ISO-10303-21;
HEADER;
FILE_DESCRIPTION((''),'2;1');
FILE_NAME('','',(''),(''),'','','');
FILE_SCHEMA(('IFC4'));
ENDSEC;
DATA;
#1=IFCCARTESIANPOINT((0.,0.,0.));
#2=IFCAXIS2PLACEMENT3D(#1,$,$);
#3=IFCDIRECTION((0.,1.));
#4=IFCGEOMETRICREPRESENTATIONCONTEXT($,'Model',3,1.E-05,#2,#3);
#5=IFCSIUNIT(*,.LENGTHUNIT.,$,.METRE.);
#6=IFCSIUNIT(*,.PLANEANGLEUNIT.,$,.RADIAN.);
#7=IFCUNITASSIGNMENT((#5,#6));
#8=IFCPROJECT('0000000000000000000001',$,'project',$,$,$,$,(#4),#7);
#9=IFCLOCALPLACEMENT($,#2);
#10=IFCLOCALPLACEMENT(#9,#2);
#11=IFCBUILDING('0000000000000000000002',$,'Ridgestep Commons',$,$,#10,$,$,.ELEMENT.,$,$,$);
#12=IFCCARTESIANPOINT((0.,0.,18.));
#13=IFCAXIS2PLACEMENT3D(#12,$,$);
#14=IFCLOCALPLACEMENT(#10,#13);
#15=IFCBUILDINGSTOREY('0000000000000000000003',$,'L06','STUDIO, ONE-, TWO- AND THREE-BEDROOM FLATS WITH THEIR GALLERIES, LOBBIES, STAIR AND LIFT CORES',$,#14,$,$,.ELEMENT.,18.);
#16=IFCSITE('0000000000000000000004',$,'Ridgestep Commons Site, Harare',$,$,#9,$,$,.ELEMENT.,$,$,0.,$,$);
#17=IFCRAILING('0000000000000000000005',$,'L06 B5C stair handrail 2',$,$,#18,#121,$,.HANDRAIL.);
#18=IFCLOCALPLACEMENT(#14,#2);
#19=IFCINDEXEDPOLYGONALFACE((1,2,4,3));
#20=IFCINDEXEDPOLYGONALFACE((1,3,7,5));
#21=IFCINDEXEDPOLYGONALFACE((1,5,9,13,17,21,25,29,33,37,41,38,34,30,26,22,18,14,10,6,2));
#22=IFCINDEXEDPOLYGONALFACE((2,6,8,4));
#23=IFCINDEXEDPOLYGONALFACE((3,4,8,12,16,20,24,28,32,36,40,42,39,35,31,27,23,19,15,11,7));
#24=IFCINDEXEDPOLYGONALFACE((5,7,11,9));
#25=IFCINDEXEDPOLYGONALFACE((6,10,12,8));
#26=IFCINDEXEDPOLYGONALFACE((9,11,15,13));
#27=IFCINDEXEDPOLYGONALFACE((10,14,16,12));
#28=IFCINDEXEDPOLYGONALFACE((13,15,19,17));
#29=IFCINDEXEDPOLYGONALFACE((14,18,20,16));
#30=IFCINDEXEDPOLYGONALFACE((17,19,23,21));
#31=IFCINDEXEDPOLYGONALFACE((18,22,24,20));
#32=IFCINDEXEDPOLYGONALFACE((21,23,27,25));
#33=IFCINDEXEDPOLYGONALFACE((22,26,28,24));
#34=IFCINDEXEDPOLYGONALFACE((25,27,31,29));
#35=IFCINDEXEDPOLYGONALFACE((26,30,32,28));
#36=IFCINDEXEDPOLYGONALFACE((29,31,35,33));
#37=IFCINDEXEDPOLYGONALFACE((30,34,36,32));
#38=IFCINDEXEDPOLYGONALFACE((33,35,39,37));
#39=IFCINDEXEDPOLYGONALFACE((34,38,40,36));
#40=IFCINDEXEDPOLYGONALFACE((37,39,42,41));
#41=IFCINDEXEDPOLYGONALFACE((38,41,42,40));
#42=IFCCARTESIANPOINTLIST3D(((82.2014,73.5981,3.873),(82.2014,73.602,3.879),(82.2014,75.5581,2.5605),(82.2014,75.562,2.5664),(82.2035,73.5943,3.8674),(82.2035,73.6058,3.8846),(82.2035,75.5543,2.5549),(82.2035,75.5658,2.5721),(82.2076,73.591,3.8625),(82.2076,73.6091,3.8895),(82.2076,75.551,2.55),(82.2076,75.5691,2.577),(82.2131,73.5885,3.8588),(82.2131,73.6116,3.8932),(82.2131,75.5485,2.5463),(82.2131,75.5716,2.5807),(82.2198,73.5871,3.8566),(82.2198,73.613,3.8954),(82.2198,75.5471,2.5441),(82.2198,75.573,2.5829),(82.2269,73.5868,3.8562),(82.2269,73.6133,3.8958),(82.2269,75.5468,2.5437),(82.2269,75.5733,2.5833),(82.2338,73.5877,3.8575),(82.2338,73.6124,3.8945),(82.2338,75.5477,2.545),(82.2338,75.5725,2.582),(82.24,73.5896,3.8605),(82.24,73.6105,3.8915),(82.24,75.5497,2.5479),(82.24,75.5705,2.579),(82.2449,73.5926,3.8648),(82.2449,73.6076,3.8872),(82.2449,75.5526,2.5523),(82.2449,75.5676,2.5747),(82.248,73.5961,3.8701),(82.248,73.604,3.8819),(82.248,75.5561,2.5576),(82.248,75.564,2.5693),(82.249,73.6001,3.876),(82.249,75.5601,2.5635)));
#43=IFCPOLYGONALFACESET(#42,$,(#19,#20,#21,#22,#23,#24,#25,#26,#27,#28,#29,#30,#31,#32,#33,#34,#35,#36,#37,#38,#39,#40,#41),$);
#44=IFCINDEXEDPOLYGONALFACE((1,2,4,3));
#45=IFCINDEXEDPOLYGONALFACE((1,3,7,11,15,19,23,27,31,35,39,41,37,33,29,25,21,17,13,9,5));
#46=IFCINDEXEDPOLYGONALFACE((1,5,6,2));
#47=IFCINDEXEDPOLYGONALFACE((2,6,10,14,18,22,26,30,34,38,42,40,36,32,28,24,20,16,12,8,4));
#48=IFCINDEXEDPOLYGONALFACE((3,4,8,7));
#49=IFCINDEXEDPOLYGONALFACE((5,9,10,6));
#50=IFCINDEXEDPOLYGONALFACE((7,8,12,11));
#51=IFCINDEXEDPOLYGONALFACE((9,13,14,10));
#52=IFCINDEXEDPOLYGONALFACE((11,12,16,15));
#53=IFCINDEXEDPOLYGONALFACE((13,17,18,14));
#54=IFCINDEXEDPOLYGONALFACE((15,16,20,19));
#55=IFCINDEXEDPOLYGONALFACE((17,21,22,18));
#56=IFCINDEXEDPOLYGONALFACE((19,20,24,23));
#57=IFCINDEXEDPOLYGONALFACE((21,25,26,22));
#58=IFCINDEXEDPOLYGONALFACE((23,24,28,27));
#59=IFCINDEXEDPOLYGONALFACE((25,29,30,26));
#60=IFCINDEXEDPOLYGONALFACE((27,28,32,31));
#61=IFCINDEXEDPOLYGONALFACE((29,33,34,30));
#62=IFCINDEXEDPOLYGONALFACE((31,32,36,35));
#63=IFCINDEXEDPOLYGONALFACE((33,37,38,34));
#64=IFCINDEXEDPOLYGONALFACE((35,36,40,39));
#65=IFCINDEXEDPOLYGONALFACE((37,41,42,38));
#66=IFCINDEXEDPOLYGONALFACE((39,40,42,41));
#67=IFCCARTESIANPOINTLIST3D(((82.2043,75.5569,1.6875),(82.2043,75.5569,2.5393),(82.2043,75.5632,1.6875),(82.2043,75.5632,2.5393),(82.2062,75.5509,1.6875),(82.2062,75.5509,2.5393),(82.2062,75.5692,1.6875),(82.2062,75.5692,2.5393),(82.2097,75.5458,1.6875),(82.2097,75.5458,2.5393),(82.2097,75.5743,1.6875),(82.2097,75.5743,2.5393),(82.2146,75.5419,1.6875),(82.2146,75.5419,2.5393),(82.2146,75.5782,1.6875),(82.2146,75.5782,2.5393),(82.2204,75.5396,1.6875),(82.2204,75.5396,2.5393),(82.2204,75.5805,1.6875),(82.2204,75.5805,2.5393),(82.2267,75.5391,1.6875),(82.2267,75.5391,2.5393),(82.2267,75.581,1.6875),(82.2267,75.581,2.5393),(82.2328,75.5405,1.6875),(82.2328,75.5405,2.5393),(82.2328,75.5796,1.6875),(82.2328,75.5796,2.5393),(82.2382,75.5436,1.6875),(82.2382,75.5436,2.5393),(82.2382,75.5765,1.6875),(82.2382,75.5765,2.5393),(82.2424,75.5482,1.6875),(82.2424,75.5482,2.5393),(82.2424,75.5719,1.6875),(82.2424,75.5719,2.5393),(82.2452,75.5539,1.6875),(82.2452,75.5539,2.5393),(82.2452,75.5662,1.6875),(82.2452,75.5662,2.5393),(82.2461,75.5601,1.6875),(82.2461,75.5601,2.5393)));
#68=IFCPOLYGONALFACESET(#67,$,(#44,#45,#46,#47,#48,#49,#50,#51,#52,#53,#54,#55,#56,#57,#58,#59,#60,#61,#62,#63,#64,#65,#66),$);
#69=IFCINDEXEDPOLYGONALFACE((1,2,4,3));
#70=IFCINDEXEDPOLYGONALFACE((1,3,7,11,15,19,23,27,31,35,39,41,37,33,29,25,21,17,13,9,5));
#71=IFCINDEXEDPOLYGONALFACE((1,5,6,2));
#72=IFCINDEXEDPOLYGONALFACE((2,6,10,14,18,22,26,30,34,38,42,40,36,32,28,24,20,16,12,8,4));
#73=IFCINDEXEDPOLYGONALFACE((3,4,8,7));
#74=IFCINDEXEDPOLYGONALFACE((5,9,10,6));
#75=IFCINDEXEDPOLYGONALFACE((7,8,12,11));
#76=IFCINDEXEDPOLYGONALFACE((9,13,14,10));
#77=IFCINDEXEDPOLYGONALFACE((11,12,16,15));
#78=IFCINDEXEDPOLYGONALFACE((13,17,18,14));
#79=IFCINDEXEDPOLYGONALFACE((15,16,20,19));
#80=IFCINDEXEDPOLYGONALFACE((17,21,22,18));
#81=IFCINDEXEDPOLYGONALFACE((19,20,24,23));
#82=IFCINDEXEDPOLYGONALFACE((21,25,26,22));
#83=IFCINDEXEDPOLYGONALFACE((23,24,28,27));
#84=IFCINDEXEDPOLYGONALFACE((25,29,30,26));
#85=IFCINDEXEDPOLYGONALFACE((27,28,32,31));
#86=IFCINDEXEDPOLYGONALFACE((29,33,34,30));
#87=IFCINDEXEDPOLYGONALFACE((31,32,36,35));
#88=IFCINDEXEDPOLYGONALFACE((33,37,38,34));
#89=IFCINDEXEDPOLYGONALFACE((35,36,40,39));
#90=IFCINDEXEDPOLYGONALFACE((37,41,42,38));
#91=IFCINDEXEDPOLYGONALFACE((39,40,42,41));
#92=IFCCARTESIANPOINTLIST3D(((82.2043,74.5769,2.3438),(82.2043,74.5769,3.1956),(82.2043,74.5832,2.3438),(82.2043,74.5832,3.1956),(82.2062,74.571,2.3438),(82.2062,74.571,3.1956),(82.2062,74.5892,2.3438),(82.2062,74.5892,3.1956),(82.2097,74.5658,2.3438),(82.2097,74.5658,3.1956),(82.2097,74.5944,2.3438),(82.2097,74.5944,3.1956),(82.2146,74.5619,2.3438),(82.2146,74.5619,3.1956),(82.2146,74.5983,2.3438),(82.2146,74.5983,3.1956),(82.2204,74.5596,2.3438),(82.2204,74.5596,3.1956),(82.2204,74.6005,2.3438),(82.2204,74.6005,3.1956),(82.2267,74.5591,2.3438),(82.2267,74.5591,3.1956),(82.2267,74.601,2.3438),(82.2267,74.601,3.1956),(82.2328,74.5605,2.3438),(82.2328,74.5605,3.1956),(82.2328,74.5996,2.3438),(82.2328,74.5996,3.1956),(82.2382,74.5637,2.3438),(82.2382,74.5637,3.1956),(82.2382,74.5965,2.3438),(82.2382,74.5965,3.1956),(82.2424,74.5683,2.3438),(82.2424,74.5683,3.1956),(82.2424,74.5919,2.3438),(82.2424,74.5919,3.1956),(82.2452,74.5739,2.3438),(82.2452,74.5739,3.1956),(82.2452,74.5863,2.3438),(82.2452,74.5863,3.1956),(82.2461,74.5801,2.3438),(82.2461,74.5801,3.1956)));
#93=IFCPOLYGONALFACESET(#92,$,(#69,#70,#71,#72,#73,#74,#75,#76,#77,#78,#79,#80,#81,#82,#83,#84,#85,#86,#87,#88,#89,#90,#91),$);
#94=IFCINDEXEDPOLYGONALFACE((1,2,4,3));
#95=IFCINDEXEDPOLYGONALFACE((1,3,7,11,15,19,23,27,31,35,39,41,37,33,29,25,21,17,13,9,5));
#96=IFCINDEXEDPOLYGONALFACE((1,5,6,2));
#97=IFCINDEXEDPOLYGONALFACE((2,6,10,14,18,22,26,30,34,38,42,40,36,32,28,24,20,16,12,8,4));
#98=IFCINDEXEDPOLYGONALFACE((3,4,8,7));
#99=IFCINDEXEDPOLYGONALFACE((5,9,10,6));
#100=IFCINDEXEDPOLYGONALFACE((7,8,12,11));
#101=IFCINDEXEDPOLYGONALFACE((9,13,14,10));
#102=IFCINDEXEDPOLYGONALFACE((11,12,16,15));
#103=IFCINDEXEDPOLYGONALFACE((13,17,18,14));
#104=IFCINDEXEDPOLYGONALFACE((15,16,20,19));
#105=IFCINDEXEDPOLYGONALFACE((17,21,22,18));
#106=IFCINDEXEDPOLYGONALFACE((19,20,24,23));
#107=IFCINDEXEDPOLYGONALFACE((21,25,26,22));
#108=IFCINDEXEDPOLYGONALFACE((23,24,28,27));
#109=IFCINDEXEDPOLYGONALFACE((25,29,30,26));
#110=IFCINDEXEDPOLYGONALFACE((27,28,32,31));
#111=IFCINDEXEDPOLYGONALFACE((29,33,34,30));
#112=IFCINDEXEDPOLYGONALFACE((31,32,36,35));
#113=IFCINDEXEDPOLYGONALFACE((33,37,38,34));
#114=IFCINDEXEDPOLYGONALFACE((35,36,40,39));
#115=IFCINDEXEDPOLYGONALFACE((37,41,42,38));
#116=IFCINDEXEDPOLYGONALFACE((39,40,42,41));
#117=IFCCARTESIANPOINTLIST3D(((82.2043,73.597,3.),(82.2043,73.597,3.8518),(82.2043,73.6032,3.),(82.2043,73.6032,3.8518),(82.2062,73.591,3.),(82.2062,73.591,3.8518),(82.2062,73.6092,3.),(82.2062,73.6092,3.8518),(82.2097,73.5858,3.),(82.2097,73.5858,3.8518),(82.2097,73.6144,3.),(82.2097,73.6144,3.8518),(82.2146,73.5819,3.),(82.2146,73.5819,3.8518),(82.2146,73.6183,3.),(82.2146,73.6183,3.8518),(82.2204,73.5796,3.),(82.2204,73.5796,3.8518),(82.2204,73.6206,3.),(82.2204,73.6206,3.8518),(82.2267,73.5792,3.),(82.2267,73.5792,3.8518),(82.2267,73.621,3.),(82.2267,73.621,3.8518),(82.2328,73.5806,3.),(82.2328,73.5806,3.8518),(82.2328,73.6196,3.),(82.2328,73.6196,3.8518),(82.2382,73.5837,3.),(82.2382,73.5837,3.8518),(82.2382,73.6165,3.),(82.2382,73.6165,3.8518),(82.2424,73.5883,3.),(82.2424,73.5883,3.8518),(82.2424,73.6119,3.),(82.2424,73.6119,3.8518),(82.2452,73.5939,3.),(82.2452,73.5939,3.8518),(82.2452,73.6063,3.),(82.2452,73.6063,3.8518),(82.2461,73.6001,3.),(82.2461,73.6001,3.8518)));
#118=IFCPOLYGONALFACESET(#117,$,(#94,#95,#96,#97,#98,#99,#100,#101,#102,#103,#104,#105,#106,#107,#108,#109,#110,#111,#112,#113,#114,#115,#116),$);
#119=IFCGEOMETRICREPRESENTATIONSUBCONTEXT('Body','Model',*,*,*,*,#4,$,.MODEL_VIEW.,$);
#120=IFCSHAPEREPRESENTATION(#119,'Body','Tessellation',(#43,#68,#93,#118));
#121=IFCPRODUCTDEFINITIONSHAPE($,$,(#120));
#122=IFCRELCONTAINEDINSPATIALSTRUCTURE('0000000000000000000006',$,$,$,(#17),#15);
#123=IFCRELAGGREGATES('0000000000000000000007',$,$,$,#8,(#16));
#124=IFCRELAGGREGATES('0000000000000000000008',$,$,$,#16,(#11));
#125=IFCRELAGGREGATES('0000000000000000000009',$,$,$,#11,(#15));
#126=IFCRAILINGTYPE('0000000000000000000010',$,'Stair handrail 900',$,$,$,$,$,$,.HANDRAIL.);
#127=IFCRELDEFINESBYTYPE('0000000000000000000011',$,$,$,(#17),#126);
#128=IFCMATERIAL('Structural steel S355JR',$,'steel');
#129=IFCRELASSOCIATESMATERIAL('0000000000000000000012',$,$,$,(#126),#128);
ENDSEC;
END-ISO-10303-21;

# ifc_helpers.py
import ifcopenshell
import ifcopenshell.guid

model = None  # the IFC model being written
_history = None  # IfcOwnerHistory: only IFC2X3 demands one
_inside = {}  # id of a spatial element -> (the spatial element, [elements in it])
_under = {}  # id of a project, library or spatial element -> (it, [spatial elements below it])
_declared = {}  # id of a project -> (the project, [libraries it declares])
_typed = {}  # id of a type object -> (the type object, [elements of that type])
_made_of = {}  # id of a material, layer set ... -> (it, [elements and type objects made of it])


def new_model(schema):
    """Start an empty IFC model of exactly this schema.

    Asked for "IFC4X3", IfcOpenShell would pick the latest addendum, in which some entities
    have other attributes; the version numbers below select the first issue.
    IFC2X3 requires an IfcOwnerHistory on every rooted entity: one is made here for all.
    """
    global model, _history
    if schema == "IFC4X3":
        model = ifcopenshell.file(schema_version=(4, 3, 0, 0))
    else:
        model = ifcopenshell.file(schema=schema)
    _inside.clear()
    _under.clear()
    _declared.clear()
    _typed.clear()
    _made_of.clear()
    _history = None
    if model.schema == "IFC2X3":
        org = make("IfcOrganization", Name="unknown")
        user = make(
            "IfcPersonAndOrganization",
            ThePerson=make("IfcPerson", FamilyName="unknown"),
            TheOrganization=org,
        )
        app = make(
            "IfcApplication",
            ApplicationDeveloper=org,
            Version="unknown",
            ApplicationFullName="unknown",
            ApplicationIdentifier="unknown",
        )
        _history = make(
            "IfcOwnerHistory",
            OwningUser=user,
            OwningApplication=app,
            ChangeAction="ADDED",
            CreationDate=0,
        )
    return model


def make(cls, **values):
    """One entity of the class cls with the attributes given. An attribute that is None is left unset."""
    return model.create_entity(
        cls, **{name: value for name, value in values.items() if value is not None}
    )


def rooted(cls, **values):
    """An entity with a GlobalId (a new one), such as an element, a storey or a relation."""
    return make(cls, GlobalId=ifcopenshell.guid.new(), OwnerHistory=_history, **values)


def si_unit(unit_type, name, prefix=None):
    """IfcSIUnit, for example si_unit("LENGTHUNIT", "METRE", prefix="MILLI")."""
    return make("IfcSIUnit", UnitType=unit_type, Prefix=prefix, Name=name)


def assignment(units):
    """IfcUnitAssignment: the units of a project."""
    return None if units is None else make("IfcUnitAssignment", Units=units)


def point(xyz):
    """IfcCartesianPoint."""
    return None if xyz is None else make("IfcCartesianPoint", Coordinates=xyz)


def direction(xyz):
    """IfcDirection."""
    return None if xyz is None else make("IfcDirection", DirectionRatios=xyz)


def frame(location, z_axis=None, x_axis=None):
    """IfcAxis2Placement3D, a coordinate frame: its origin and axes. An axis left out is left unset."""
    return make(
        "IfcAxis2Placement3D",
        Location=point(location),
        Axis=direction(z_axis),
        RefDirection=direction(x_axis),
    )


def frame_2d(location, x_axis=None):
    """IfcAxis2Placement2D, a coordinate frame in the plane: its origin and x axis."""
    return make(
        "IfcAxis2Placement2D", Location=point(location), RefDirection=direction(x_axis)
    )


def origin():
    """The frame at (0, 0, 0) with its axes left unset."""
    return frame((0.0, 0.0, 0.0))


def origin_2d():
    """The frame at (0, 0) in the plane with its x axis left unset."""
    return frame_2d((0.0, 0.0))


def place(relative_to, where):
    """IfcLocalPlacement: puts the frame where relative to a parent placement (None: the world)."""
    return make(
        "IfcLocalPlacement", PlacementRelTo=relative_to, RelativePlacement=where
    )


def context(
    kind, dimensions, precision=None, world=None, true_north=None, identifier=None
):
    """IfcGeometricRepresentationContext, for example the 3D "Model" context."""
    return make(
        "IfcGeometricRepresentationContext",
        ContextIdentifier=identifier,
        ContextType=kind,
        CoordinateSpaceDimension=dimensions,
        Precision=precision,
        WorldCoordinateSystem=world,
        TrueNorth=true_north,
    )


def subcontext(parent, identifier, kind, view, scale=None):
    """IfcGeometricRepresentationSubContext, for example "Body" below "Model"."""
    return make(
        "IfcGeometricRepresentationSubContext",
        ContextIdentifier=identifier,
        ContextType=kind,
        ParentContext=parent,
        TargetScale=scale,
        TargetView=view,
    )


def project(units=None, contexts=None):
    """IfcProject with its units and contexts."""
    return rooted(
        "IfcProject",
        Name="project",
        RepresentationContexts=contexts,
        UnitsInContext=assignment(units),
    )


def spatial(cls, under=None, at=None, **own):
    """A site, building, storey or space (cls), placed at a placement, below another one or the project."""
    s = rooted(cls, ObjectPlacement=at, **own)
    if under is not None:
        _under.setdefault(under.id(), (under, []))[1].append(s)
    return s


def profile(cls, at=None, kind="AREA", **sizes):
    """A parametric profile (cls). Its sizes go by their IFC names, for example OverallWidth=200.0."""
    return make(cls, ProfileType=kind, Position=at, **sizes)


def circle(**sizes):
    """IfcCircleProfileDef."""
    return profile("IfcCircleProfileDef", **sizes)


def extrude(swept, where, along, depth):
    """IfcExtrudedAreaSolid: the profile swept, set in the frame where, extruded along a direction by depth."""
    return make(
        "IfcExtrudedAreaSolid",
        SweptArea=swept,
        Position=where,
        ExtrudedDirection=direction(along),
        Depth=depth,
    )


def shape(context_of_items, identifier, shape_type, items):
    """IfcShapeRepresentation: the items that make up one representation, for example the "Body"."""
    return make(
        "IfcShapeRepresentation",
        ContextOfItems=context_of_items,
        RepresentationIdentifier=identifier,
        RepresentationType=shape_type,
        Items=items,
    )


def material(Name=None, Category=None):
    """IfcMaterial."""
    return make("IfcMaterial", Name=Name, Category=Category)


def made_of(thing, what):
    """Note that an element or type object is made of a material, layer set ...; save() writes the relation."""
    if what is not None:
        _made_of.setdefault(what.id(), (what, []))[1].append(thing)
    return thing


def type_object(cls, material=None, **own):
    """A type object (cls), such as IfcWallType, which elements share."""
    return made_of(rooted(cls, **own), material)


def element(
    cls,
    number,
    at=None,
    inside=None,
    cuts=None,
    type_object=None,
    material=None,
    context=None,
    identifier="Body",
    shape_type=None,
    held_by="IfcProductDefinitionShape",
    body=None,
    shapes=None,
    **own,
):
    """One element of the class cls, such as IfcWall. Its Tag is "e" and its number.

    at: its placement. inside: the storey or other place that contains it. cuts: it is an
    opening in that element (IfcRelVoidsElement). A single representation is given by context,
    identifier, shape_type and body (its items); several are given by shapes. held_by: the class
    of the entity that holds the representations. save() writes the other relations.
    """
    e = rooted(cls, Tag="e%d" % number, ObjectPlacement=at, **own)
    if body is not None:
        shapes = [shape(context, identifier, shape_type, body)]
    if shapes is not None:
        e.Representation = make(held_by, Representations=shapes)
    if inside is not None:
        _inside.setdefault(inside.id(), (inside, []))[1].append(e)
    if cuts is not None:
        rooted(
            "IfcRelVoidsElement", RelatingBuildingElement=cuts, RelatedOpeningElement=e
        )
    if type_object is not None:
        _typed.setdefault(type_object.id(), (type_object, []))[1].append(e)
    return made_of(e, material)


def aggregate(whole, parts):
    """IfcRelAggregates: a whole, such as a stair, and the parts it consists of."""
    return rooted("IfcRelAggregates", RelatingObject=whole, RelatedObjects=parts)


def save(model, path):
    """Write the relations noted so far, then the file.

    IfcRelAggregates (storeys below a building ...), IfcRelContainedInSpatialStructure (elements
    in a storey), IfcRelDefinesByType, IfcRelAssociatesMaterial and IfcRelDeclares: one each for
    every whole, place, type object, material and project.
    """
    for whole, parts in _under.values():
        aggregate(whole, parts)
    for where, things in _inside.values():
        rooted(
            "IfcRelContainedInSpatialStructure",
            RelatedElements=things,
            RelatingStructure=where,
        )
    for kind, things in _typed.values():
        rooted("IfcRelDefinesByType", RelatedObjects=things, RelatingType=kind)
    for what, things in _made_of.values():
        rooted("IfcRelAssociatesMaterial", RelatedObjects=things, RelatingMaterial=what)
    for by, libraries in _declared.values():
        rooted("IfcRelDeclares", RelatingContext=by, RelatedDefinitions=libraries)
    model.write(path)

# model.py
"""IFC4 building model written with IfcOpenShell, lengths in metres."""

from ifc_helpers import new_model, si_unit, direction, frame, origin, origin_2d, place, context, subcontext, project, spatial, circle, extrude, material, type_object, element, save


model = new_model("IFC4")

# Units and contexts
model_context = context("Model", 3, precision=1e-05, world=origin(), true_north=direction((0.0, 1.0)))
body_context = subcontext(model_context, "Body", "Model", "MODEL_VIEW")
ifc_project = project(units=[si_unit("LENGTHUNIT", "METRE"), si_unit("PLANEANGLEUNIT", "RADIAN")], contexts=[model_context])

# Site, building, storey
site_placement = place(None, origin())
site = spatial("IfcSite", under=ifc_project, at=site_placement, Name="Ridgestep Commons Site, Harare", CompositionType="ELEMENT", RefElevation=0.0)
building_placement = place(site_placement, origin())
building = spatial("IfcBuilding", under=site, at=building_placement, Name="Ridgestep Commons", CompositionType="ELEMENT")
storey_placement = place(building_placement, frame((0.0, 0.0, 18.0)))
storey = spatial("IfcBuildingStorey", under=building, at=storey_placement, Name="L06", Description="STUDIO, ONE-, TWO- AND THREE-BEDROOM FLATS WITH THEIR GALLERIES, LOBBIES, STAIR AND LIFT CORES", CompositionType="ELEMENT", Elevation=18.0)

# Railing
ifc_material_1 = material(Name="Structural steel S355JR", Category="steel")
railing_type_1 = type_object("IfcRailingType", Name="Stair handrail 900", PredefinedType="HANDRAIL", material=ifc_material_1)
railing_1_placement = place(storey_placement, frame((82.2251, 75.5601, 1.6875)))
element("IfcRailing", 1, at=railing_1_placement, inside=storey, type_object=railing_type_1, Name="L06 B5C stair handrail 2", PredefinedType="HANDRAIL", context=body_context, shape_type="SweptSolid", body=[
    extrude(circle(Radius=0.0239, at=origin_2d()), frame((0.0, 0.0, 0.876), z_axis=(0.0, -0.830902, 0.556419), x_axis=(1.0, 0.0, 0.0)), (0.0, 0.0, 1.0), 2.3589),
    extrude(circle(Radius=0.021, at=origin_2d()), origin(), (0.0, 0.0, 1.0), 0.8518),
    extrude(circle(Radius=0.021, at=origin_2d()), frame((0.0, -0.98, 0.6562)), (0.0, 0.0, 1.0), 0.8518),
    extrude(circle(Radius=0.021, at=origin_2d()), frame((0.0, -1.96, 1.3125)), (0.0, 0.0, 1.0), 0.8518),
])

save(model, "model.ifc")
